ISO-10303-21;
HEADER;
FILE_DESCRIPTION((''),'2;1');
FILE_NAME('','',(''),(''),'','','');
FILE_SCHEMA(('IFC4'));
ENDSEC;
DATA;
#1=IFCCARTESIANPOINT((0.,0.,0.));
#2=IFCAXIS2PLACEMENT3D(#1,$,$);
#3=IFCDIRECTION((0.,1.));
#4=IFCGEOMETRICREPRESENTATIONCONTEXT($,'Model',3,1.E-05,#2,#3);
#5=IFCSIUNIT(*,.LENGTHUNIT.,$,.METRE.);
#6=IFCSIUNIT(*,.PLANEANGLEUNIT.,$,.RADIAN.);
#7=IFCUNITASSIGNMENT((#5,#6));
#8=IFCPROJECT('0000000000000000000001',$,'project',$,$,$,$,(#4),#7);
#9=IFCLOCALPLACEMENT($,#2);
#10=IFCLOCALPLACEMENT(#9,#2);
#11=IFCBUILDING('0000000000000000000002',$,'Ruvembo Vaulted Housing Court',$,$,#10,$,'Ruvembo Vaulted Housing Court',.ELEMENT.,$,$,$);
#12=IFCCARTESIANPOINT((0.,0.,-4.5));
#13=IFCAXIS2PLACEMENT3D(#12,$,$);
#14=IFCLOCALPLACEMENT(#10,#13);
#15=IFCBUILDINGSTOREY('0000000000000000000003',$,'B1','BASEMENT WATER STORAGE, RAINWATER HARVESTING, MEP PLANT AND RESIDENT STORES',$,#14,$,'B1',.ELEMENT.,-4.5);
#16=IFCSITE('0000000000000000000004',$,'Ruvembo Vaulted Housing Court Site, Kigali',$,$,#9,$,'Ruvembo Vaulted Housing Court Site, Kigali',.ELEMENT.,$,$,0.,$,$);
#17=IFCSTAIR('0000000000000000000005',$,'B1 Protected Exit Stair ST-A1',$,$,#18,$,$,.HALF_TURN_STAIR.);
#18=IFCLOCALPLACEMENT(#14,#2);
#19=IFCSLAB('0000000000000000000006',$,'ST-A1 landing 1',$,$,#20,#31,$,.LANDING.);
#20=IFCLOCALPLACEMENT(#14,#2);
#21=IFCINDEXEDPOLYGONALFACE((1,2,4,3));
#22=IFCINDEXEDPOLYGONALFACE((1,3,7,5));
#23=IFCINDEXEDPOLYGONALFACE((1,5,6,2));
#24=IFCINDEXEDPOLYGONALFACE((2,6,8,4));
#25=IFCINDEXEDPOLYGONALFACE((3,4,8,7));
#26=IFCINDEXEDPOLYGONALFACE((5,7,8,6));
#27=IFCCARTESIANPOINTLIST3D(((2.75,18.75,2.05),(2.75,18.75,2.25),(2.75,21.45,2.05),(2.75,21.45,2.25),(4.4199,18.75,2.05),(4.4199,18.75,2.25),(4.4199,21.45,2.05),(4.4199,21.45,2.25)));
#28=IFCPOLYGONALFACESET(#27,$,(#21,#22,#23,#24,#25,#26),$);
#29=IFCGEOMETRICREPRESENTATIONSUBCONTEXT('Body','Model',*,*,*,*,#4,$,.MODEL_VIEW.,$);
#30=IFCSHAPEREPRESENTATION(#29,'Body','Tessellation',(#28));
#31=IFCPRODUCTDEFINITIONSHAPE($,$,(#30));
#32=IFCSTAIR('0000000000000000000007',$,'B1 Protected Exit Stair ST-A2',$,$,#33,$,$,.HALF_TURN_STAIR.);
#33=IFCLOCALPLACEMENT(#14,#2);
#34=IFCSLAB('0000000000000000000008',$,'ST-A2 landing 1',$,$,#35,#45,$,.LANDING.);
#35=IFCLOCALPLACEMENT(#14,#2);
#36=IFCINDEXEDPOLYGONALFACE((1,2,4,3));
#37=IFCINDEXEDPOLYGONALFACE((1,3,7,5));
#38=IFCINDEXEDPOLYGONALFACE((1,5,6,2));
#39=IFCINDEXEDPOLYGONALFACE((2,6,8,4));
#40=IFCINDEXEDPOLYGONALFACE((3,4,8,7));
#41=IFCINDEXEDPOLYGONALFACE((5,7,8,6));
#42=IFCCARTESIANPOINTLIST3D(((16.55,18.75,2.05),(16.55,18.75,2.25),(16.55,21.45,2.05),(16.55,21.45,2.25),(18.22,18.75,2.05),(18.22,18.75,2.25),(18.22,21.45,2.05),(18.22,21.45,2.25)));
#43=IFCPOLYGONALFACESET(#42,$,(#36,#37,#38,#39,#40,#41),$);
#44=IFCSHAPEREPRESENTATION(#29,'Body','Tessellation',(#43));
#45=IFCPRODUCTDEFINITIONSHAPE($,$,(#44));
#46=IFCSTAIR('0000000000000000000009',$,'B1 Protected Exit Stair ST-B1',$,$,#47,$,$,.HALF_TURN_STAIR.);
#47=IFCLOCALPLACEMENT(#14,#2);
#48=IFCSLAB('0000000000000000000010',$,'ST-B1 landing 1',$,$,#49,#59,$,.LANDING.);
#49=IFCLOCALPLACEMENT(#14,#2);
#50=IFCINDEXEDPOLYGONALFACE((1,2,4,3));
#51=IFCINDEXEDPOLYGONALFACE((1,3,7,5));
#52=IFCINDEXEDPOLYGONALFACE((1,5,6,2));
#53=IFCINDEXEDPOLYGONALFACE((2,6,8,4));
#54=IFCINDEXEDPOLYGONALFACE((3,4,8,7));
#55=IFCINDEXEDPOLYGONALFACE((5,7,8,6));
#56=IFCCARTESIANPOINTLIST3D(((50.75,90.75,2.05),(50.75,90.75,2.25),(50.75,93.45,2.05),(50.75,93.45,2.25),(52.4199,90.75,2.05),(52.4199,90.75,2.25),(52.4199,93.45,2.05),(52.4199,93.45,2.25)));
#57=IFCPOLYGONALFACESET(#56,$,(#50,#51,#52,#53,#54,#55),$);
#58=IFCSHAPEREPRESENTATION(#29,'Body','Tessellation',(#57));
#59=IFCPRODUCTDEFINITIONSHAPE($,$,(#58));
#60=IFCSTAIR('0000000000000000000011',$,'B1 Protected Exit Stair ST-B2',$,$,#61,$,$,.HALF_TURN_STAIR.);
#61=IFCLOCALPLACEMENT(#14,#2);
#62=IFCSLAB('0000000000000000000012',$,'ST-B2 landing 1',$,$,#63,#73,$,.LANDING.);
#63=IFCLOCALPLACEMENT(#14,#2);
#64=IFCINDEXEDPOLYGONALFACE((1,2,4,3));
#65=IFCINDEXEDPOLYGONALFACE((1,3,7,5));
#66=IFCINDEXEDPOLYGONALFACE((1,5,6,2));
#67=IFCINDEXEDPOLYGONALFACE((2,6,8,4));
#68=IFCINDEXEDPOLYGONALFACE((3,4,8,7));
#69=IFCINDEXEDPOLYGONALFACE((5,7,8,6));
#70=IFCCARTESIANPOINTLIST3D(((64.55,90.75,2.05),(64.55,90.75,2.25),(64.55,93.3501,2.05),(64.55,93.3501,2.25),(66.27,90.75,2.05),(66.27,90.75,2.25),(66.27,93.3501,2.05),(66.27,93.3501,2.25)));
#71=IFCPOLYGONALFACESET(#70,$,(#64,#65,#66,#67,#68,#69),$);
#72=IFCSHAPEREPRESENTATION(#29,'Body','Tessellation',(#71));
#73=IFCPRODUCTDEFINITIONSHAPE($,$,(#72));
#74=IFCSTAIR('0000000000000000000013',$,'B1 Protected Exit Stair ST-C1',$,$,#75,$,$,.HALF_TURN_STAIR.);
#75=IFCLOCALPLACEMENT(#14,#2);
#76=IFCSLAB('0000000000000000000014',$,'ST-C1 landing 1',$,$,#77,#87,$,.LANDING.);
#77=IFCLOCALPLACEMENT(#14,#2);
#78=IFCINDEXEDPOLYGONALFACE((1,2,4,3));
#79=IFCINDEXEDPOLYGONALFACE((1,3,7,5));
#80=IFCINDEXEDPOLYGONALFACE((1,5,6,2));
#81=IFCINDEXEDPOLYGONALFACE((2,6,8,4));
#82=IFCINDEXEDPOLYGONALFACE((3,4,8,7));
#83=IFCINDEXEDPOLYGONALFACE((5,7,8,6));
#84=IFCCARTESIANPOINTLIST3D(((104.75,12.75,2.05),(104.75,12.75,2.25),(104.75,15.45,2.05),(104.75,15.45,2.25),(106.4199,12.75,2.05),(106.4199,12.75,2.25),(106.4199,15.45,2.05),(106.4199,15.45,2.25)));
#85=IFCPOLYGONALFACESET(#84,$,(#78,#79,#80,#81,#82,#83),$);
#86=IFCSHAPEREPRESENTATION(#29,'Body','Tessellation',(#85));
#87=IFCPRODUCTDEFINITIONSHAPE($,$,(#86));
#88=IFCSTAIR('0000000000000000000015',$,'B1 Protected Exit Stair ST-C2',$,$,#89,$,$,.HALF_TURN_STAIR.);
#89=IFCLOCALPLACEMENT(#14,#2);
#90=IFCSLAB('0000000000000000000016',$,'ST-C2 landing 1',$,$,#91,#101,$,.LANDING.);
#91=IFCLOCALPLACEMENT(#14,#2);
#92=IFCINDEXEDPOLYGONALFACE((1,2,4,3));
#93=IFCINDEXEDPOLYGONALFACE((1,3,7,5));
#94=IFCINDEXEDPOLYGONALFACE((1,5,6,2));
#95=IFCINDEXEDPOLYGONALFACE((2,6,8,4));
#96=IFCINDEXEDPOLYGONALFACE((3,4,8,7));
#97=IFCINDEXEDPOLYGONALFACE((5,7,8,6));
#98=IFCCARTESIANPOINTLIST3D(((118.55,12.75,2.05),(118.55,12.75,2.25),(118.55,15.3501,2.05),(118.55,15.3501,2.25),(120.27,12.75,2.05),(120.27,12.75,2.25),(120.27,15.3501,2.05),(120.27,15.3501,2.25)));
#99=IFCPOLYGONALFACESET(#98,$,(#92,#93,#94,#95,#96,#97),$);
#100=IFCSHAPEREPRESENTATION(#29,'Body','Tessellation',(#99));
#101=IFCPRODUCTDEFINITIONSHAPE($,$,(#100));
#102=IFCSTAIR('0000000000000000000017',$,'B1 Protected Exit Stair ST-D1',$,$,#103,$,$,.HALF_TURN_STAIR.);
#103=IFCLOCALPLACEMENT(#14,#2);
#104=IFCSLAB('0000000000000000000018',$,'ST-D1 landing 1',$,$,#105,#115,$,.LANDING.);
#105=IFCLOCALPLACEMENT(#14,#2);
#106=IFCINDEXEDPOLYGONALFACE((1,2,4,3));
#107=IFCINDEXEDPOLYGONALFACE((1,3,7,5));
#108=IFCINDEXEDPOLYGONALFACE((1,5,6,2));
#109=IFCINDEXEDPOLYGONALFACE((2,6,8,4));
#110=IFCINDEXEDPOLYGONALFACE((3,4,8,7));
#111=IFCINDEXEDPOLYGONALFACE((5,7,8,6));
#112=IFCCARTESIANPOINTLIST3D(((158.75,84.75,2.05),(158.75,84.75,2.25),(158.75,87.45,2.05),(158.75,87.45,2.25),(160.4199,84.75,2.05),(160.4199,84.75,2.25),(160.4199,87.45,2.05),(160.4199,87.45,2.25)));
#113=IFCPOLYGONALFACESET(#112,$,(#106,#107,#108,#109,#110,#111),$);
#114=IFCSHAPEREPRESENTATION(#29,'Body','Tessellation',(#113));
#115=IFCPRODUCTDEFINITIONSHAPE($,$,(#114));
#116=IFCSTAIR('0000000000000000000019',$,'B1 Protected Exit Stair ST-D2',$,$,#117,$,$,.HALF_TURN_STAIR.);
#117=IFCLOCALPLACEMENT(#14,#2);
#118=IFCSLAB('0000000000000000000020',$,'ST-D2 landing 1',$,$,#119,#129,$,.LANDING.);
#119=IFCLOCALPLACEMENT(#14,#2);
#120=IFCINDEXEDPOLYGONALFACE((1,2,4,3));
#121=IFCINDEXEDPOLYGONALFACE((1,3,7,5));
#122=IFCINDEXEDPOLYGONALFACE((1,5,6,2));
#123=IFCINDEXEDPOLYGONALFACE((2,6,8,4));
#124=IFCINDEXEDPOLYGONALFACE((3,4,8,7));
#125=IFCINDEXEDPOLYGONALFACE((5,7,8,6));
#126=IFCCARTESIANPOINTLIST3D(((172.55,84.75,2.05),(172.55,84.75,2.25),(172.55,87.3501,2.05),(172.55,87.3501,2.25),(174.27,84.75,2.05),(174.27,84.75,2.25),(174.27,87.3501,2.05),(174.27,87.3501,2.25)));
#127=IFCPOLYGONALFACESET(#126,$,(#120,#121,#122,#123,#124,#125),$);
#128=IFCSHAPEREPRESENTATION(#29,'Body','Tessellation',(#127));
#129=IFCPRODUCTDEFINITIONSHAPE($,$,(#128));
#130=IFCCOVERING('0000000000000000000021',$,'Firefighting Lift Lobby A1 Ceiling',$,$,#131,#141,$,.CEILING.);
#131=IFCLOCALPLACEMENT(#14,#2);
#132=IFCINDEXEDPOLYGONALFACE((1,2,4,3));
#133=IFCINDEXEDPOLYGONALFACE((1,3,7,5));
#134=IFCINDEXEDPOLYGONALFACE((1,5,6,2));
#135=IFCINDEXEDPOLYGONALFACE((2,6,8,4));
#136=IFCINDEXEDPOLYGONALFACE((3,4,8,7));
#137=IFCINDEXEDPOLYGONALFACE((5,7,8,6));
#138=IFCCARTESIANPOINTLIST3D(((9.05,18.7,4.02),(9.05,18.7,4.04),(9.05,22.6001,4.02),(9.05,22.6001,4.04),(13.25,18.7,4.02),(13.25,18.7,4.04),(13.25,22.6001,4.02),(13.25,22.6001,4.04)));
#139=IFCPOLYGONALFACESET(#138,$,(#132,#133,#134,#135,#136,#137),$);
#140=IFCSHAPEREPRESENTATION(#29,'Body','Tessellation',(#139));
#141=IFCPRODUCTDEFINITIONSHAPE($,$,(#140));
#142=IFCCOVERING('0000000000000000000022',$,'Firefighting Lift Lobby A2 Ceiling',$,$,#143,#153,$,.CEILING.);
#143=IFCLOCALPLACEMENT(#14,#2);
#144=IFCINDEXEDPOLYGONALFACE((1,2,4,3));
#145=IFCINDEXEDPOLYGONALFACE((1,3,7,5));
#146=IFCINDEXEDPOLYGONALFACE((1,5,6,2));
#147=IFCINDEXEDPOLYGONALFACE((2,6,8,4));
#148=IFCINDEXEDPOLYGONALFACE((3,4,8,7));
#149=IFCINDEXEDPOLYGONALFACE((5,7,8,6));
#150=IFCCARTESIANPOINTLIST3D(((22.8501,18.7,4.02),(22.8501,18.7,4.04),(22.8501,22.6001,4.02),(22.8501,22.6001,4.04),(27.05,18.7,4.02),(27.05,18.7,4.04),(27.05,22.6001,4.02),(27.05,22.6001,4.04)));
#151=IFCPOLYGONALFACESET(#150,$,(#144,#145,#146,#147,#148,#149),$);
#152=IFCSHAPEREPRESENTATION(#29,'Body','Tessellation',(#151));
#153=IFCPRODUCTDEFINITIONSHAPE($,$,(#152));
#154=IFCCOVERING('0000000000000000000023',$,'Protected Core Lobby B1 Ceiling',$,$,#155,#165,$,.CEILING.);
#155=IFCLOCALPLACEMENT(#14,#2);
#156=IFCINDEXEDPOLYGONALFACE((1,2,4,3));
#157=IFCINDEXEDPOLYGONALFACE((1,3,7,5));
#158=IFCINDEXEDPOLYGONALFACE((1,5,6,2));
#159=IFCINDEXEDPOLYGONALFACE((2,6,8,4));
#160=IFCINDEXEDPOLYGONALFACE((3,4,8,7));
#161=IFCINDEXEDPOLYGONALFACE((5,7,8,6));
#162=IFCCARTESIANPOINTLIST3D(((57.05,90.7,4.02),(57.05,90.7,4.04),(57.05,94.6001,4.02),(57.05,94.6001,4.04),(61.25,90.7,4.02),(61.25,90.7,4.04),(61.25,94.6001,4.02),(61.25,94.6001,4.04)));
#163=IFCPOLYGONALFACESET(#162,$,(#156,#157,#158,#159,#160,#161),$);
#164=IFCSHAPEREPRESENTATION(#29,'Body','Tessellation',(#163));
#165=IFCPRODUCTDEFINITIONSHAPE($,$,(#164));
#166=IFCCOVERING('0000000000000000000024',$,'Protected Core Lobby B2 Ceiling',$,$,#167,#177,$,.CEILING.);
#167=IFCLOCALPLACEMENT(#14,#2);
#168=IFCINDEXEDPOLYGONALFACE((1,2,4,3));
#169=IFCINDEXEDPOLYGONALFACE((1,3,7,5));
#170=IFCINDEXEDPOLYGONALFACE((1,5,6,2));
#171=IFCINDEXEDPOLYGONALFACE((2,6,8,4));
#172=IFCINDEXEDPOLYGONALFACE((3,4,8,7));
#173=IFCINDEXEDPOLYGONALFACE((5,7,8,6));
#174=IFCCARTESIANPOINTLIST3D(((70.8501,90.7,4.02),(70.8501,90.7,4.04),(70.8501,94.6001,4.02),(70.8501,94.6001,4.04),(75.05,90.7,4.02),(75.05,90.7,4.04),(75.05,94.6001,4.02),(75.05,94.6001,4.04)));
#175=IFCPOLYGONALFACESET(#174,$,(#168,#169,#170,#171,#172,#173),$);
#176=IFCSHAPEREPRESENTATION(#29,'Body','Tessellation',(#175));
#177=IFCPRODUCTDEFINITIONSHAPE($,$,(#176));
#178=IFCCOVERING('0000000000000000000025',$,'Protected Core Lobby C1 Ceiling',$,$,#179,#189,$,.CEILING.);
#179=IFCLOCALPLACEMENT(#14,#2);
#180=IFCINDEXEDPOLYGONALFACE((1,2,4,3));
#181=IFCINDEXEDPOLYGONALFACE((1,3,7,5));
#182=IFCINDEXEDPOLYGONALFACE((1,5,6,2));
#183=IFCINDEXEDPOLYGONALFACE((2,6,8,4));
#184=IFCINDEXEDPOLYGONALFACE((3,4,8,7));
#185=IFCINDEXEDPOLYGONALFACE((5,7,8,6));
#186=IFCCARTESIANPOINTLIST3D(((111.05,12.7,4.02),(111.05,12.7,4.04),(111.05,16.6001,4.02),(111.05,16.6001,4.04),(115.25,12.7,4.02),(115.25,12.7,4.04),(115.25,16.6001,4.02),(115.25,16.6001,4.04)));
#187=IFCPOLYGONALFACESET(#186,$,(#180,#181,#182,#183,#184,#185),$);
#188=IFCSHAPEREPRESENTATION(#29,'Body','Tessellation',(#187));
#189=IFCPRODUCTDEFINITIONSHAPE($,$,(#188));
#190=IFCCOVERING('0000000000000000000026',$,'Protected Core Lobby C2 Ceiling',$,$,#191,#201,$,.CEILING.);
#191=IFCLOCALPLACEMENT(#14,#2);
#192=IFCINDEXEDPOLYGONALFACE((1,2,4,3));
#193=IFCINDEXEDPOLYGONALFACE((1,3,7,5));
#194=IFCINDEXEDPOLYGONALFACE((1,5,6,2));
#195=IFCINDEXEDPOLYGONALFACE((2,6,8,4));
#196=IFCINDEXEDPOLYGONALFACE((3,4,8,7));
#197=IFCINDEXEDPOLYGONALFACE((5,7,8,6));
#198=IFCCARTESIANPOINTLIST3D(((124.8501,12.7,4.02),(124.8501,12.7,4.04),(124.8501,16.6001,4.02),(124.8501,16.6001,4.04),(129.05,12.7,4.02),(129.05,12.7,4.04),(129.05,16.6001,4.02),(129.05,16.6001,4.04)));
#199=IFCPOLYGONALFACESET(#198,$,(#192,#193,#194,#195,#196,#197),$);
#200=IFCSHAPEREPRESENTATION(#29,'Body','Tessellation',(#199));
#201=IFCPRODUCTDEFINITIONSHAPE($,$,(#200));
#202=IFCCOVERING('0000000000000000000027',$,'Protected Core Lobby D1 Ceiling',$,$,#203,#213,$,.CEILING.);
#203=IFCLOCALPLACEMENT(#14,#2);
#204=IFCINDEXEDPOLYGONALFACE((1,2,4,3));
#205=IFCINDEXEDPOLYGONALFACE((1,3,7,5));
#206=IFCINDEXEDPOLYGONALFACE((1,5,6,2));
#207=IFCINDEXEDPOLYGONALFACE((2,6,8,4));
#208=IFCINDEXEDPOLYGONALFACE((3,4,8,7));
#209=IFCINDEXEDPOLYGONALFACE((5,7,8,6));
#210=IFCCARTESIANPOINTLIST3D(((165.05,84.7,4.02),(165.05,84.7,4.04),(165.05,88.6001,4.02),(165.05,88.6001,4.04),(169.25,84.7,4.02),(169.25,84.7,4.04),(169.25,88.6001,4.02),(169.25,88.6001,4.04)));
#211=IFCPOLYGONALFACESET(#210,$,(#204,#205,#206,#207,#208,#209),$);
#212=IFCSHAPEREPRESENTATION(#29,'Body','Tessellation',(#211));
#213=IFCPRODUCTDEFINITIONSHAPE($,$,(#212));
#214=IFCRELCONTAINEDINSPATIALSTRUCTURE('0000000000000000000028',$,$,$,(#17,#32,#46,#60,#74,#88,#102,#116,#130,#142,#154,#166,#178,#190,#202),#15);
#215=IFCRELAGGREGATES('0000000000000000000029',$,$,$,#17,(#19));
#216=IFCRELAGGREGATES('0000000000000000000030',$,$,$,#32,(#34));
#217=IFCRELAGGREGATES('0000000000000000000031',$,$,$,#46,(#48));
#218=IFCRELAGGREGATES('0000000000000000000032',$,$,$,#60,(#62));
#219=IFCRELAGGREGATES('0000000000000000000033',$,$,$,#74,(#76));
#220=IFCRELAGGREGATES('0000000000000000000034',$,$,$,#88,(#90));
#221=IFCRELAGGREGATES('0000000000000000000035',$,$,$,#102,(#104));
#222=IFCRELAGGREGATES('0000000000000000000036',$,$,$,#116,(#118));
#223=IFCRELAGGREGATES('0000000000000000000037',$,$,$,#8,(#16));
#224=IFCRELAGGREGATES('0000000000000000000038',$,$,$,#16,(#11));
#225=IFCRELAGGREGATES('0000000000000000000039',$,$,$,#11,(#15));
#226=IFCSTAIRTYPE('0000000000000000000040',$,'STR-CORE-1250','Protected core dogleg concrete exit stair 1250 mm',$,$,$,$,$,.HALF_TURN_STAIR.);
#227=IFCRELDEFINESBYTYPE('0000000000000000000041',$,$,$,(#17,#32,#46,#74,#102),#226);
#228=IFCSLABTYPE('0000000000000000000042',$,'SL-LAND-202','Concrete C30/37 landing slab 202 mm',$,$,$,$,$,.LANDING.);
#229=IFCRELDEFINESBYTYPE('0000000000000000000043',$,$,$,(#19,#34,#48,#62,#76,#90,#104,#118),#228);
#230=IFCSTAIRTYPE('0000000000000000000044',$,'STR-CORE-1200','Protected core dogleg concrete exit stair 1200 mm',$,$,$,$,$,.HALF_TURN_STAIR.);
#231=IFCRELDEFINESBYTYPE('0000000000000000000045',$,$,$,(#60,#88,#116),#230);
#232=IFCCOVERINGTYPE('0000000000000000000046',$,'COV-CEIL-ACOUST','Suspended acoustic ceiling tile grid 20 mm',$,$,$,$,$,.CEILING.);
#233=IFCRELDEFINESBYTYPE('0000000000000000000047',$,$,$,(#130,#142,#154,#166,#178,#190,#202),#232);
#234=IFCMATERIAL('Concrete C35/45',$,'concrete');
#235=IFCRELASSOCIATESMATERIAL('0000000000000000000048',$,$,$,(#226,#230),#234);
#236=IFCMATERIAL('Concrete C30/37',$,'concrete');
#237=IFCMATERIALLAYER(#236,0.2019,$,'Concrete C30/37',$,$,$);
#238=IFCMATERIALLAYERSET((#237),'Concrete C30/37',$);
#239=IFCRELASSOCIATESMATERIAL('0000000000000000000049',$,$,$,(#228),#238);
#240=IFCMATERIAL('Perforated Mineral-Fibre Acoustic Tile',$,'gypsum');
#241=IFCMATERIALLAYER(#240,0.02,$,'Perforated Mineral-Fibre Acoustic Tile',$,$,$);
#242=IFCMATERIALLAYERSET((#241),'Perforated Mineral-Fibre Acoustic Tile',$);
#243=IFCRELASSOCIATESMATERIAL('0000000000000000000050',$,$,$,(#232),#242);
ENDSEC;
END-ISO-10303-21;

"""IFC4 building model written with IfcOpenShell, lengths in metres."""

from ifc_helpers import new_model, si_unit, direction, frame, origin, place, context, subcontext, project, spatial, polyline, outline, extrude, material, layer, layer_set, type_object, element, aggregate, save


model = new_model("IFC4")

# Units and contexts
model_context = context("Model", 3, precision=1e-05, world=origin(), true_north=direction((0.0, 1.0)))
body_context = subcontext(model_context, "Body", "Model", "MODEL_VIEW")
ifc_project = project(units=[si_unit("LENGTHUNIT", "METRE"), si_unit("PLANEANGLEUNIT", "RADIAN")], contexts=[model_context])

# Site, building, storey
site_placement = place(None, origin())
site = spatial("IfcSite", under=ifc_project, at=site_placement, Name="Ruvembo Vaulted Housing Court Site, Kigali", LongName="Ruvembo Vaulted Housing Court Site, Kigali", CompositionType="ELEMENT", RefElevation=0.0)
building_placement = place(site_placement, origin())
building = spatial("IfcBuilding", under=site, at=building_placement, Name="Ruvembo Vaulted Housing Court", LongName="Ruvembo Vaulted Housing Court", CompositionType="ELEMENT")
storey_placement = place(building_placement, frame((0.0, 0.0, -4.5)))
storey = spatial("IfcBuildingStorey", under=building, at=storey_placement, Name="B1", Description="BASEMENT WATER STORAGE, RAINWATER HARVESTING, MEP PLANT AND RESIDENT STORES", LongName="B1", CompositionType="ELEMENT", Elevation=-4.5)

# Stairs, slabs
ifc_material_1 = material(Name="Concrete C35/45", Category="concrete")
stair_type_1 = type_object("IfcStairType", Name="STR-CORE-1250", Description="Protected core dogleg concrete exit stair 1250 mm", PredefinedType="HALF_TURN_STAIR", material=ifc_material_1)
stair_1_placement = place(storey_placement, origin())
stair_1 = element("IfcStair", 1, at=stair_1_placement, inside=storey, type_object=stair_type_1, Name="B1 Protected Exit Stair ST-A1", PredefinedType="HALF_TURN_STAIR")
ifc_material_2 = material(Name="Concrete C30/37", Category="concrete")
ifc_layer_1 = layer(ifc_material_2, 0.2019, Name="Concrete C30/37")
ifc_layer_set_1 = layer_set([ifc_layer_1], Name="Concrete C30/37")
slab_type = type_object("IfcSlabType", Name="SL-LAND-202", Description="Concrete C30/37 landing slab 202 mm", PredefinedType="LANDING", material=ifc_layer_set_1)
slab_1_placement = place(storey_placement, frame((0.0, 0.0, 2.05)))
slab_1 = element("IfcSlab", 2, at=slab_1_placement, type_object=slab_type, Name="ST-A1 landing 1", PredefinedType="LANDING", context=body_context, shape_type="SweptSolid", body=[
    extrude(outline(polyline([(4.4199, 21.45), (2.75, 21.45), (2.75, 18.75), (4.4199, 18.75), (4.4199, 21.45)])), origin(), (0.0, 0.0, 1.0), 0.2),
])
aggregate(stair_1, [slab_1])
stair_2_placement = place(storey_placement, origin())
stair_2 = element("IfcStair", 3, at=stair_2_placement, inside=storey, type_object=stair_type_1, Name="B1 Protected Exit Stair ST-A2", PredefinedType="HALF_TURN_STAIR")
slab_2_placement = place(storey_placement, frame((0.0, 0.0, 2.05)))
slab_2 = element("IfcSlab", 4, at=slab_2_placement, type_object=slab_type, Name="ST-A2 landing 1", PredefinedType="LANDING", context=body_context, shape_type="SweptSolid", body=[
    extrude(outline(polyline([(18.22, 21.45), (16.55, 21.45), (16.55, 18.75), (18.22, 18.75), (18.22, 21.45)])), origin(), (0.0, 0.0, 1.0), 0.2),
])
aggregate(stair_2, [slab_2])
stair_3_placement = place(storey_placement, origin())
stair_3 = element("IfcStair", 5, at=stair_3_placement, inside=storey, type_object=stair_type_1, Name="B1 Protected Exit Stair ST-B1", PredefinedType="HALF_TURN_STAIR")
slab_3_placement = place(storey_placement, frame((0.0, 0.0, 2.05)))
slab_3 = element("IfcSlab", 6, at=slab_3_placement, type_object=slab_type, Name="ST-B1 landing 1", PredefinedType="LANDING", context=body_context, shape_type="SweptSolid", body=[
    extrude(outline(polyline([(52.4199, 93.45), (50.75, 93.45), (50.75, 90.75), (52.4199, 90.75), (52.4199, 93.45)])), origin(), (0.0, 0.0, 1.0), 0.2),
])
aggregate(stair_3, [slab_3])
stair_type_2 = type_object("IfcStairType", Name="STR-CORE-1200", Description="Protected core dogleg concrete exit stair 1200 mm", PredefinedType="HALF_TURN_STAIR", material=ifc_material_1)
stair_4_placement = place(storey_placement, origin())
stair_4 = element("IfcStair", 7, at=stair_4_placement, inside=storey, type_object=stair_type_2, Name="B1 Protected Exit Stair ST-B2", PredefinedType="HALF_TURN_STAIR")
slab_4_placement = place(storey_placement, frame((0.0, 0.0, 2.05)))
slab_4 = element("IfcSlab", 8, at=slab_4_placement, type_object=slab_type, Name="ST-B2 landing 1", PredefinedType="LANDING", context=body_context, shape_type="SweptSolid", body=[
    extrude(outline(polyline([(66.27, 93.3501), (64.55, 93.3501), (64.55, 90.75), (66.27, 90.75), (66.27, 93.3501)])), origin(), (0.0, 0.0, 1.0), 0.2),
])
aggregate(stair_4, [slab_4])
stair_5_placement = place(storey_placement, origin())
stair_5 = element("IfcStair", 9, at=stair_5_placement, inside=storey, type_object=stair_type_1, Name="B1 Protected Exit Stair ST-C1", PredefinedType="HALF_TURN_STAIR")
slab_5_placement = place(storey_placement, frame((0.0, 0.0, 2.05)))
slab_5 = element("IfcSlab", 10, at=slab_5_placement, type_object=slab_type, Name="ST-C1 landing 1", PredefinedType="LANDING", context=body_context, shape_type="SweptSolid", body=[
    extrude(outline(polyline([(106.4199, 15.45), (104.75, 15.45), (104.75, 12.75), (106.4199, 12.75), (106.4199, 15.45)])), origin(), (0.0, 0.0, 1.0), 0.2),
])
aggregate(stair_5, [slab_5])
stair_6_placement = place(storey_placement, origin())
stair_6 = element("IfcStair", 11, at=stair_6_placement, inside=storey, type_object=stair_type_2, Name="B1 Protected Exit Stair ST-C2", PredefinedType="HALF_TURN_STAIR")
slab_6_placement = place(storey_placement, frame((0.0, 0.0, 2.05)))
slab_6 = element("IfcSlab", 12, at=slab_6_placement, type_object=slab_type, Name="ST-C2 landing 1", PredefinedType="LANDING", context=body_context, shape_type="SweptSolid", body=[
    extrude(outline(polyline([(120.27, 15.3501), (118.55, 15.3501), (118.55, 12.75), (120.27, 12.75), (120.27, 15.3501)])), origin(), (0.0, 0.0, 1.0), 0.2),
])
aggregate(stair_6, [slab_6])
stair_7_placement = place(storey_placement, origin())
stair_7 = element("IfcStair", 13, at=stair_7_placement, inside=storey, type_object=stair_type_1, Name="B1 Protected Exit Stair ST-D1", PredefinedType="HALF_TURN_STAIR")
slab_7_placement = place(storey_placement, frame((0.0, 0.0, 2.05)))
slab_7 = element("IfcSlab", 14, at=slab_7_placement, type_object=slab_type, Name="ST-D1 landing 1", PredefinedType="LANDING", context=body_context, shape_type="SweptSolid", body=[
    extrude(outline(polyline([(160.4199, 87.45), (158.75, 87.45), (158.75, 84.75), (160.4199, 84.75), (160.4199, 87.45)])), origin(), (0.0, 0.0, 1.0), 0.2),
])
aggregate(stair_7, [slab_7])
stair_8_placement = place(storey_placement, origin())
stair_8 = element("IfcStair", 15, at=stair_8_placement, inside=storey, type_object=stair_type_2, Name="B1 Protected Exit Stair ST-D2", PredefinedType="HALF_TURN_STAIR")
slab_8_placement = place(storey_placement, frame((0.0, 0.0, 2.05)))
slab_8 = element("IfcSlab", 16, at=slab_8_placement, type_object=slab_type, Name="ST-D2 landing 1", PredefinedType="LANDING", context=body_context, shape_type="SweptSolid", body=[
    extrude(outline(polyline([(174.27, 87.3501), (172.55, 87.3501), (172.55, 84.75), (174.27, 84.75), (174.27, 87.3501)])), origin(), (0.0, 0.0, 1.0), 0.2),
])
aggregate(stair_8, [slab_8])

# Coverings
ifc_material_3 = material(Name="Perforated Mineral-Fibre Acoustic Tile", Category="gypsum")
ifc_layer_2 = layer(ifc_material_3, 0.02, Name="Perforated Mineral-Fibre Acoustic Tile")
ifc_layer_set_2 = layer_set([ifc_layer_2], Name="Perforated Mineral-Fibre Acoustic Tile")
covering_type_1 = type_object("IfcCoveringType", Name="COV-CEIL-ACOUST", Description="Suspended acoustic ceiling tile grid 20 mm", PredefinedType="CEILING", material=ifc_layer_set_2)
covering_1_placement = place(storey_placement, frame((0.0, 0.0, 4.02)))
element("IfcCovering", 17, at=covering_1_placement, inside=storey, type_object=covering_type_1, Name="Firefighting Lift Lobby A1 Ceiling", PredefinedType="CEILING", context=body_context, shape_type="SweptSolid", body=[
    extrude(outline(polyline([(13.25, 22.6001), (9.05, 22.6001), (9.05, 18.7), (13.25, 18.7), (13.25, 22.6001)])), origin(), (0.0, 0.0, 1.0), 0.02),
])
covering_2_placement = place(storey_placement, frame((0.0, 0.0, 4.02)))
element("IfcCovering", 18, at=covering_2_placement, inside=storey, type_object=covering_type_1, Name="Firefighting Lift Lobby A2 Ceiling", PredefinedType="CEILING", context=body_context, shape_type="SweptSolid", body=[
    extrude(outline(polyline([(27.05, 22.6001), (22.8501, 22.6001), (22.8501, 18.7), (27.05, 18.7), (27.05, 22.6001)])), origin(), (0.0, 0.0, 1.0), 0.02),
])
covering_3_placement = place(storey_placement, frame((0.0, 0.0, 4.02)))
element("IfcCovering", 19, at=covering_3_placement, inside=storey, type_object=covering_type_1, Name="Protected Core Lobby B1 Ceiling", PredefinedType="CEILING", context=body_context, shape_type="SweptSolid", body=[
    extrude(outline(polyline([(61.25, 94.6001), (57.05, 94.6001), (57.05, 90.7), (61.25, 90.7), (61.25, 94.6001)])), origin(), (0.0, 0.0, 1.0), 0.02),
])
covering_4_placement = place(storey_placement, frame((0.0, 0.0, 4.02)))
element("IfcCovering", 20, at=covering_4_placement, inside=storey, type_object=covering_type_1, Name="Protected Core Lobby B2 Ceiling", PredefinedType="CEILING", context=body_context, shape_type="SweptSolid", body=[
    extrude(outline(polyline([(75.05, 94.6001), (70.8501, 94.6001), (70.8501, 90.7), (75.05, 90.7), (75.05, 94.6001)])), origin(), (0.0, 0.0, 1.0), 0.02),
])
covering_5_placement = place(storey_placement, frame((0.0, 0.0, 4.02)))
element("IfcCovering", 21, at=covering_5_placement, inside=storey, type_object=covering_type_1, Name="Protected Core Lobby C1 Ceiling", PredefinedType="CEILING", context=body_context, shape_type="SweptSolid", body=[
    extrude(outline(polyline([(115.25, 16.6001), (111.05, 16.6001), (111.05, 12.7), (115.25, 12.7), (115.25, 16.6001)])), origin(), (0.0, 0.0, 1.0), 0.02),
])
covering_6_placement = place(storey_placement, frame((0.0, 0.0, 4.02)))
element("IfcCovering", 22, at=covering_6_placement, inside=storey, type_object=covering_type_1, Name="Protected Core Lobby C2 Ceiling", PredefinedType="CEILING", context=body_context, shape_type="SweptSolid", body=[
    extrude(outline(polyline([(129.05, 16.6001), (124.8501, 16.6001), (124.8501, 12.7), (129.05, 12.7), (129.05, 16.6001)])), origin(), (0.0, 0.0, 1.0), 0.02),
])
covering_7_placement = place(storey_placement, frame((0.0, 0.0, 4.02)))
element("IfcCovering", 23, at=covering_7_placement, inside=storey, type_object=covering_type_1, Name="Protected Core Lobby D1 Ceiling", PredefinedType="CEILING", context=body_context, shape_type="SweptSolid", body=[
    extrude(outline(polyline([(169.25, 88.6001), (165.05, 88.6001), (165.05, 84.7), (169.25, 84.7), (169.25, 88.6001)])), origin(), (0.0, 0.0, 1.0), 0.02),
])

save(model, "model.ifc")
